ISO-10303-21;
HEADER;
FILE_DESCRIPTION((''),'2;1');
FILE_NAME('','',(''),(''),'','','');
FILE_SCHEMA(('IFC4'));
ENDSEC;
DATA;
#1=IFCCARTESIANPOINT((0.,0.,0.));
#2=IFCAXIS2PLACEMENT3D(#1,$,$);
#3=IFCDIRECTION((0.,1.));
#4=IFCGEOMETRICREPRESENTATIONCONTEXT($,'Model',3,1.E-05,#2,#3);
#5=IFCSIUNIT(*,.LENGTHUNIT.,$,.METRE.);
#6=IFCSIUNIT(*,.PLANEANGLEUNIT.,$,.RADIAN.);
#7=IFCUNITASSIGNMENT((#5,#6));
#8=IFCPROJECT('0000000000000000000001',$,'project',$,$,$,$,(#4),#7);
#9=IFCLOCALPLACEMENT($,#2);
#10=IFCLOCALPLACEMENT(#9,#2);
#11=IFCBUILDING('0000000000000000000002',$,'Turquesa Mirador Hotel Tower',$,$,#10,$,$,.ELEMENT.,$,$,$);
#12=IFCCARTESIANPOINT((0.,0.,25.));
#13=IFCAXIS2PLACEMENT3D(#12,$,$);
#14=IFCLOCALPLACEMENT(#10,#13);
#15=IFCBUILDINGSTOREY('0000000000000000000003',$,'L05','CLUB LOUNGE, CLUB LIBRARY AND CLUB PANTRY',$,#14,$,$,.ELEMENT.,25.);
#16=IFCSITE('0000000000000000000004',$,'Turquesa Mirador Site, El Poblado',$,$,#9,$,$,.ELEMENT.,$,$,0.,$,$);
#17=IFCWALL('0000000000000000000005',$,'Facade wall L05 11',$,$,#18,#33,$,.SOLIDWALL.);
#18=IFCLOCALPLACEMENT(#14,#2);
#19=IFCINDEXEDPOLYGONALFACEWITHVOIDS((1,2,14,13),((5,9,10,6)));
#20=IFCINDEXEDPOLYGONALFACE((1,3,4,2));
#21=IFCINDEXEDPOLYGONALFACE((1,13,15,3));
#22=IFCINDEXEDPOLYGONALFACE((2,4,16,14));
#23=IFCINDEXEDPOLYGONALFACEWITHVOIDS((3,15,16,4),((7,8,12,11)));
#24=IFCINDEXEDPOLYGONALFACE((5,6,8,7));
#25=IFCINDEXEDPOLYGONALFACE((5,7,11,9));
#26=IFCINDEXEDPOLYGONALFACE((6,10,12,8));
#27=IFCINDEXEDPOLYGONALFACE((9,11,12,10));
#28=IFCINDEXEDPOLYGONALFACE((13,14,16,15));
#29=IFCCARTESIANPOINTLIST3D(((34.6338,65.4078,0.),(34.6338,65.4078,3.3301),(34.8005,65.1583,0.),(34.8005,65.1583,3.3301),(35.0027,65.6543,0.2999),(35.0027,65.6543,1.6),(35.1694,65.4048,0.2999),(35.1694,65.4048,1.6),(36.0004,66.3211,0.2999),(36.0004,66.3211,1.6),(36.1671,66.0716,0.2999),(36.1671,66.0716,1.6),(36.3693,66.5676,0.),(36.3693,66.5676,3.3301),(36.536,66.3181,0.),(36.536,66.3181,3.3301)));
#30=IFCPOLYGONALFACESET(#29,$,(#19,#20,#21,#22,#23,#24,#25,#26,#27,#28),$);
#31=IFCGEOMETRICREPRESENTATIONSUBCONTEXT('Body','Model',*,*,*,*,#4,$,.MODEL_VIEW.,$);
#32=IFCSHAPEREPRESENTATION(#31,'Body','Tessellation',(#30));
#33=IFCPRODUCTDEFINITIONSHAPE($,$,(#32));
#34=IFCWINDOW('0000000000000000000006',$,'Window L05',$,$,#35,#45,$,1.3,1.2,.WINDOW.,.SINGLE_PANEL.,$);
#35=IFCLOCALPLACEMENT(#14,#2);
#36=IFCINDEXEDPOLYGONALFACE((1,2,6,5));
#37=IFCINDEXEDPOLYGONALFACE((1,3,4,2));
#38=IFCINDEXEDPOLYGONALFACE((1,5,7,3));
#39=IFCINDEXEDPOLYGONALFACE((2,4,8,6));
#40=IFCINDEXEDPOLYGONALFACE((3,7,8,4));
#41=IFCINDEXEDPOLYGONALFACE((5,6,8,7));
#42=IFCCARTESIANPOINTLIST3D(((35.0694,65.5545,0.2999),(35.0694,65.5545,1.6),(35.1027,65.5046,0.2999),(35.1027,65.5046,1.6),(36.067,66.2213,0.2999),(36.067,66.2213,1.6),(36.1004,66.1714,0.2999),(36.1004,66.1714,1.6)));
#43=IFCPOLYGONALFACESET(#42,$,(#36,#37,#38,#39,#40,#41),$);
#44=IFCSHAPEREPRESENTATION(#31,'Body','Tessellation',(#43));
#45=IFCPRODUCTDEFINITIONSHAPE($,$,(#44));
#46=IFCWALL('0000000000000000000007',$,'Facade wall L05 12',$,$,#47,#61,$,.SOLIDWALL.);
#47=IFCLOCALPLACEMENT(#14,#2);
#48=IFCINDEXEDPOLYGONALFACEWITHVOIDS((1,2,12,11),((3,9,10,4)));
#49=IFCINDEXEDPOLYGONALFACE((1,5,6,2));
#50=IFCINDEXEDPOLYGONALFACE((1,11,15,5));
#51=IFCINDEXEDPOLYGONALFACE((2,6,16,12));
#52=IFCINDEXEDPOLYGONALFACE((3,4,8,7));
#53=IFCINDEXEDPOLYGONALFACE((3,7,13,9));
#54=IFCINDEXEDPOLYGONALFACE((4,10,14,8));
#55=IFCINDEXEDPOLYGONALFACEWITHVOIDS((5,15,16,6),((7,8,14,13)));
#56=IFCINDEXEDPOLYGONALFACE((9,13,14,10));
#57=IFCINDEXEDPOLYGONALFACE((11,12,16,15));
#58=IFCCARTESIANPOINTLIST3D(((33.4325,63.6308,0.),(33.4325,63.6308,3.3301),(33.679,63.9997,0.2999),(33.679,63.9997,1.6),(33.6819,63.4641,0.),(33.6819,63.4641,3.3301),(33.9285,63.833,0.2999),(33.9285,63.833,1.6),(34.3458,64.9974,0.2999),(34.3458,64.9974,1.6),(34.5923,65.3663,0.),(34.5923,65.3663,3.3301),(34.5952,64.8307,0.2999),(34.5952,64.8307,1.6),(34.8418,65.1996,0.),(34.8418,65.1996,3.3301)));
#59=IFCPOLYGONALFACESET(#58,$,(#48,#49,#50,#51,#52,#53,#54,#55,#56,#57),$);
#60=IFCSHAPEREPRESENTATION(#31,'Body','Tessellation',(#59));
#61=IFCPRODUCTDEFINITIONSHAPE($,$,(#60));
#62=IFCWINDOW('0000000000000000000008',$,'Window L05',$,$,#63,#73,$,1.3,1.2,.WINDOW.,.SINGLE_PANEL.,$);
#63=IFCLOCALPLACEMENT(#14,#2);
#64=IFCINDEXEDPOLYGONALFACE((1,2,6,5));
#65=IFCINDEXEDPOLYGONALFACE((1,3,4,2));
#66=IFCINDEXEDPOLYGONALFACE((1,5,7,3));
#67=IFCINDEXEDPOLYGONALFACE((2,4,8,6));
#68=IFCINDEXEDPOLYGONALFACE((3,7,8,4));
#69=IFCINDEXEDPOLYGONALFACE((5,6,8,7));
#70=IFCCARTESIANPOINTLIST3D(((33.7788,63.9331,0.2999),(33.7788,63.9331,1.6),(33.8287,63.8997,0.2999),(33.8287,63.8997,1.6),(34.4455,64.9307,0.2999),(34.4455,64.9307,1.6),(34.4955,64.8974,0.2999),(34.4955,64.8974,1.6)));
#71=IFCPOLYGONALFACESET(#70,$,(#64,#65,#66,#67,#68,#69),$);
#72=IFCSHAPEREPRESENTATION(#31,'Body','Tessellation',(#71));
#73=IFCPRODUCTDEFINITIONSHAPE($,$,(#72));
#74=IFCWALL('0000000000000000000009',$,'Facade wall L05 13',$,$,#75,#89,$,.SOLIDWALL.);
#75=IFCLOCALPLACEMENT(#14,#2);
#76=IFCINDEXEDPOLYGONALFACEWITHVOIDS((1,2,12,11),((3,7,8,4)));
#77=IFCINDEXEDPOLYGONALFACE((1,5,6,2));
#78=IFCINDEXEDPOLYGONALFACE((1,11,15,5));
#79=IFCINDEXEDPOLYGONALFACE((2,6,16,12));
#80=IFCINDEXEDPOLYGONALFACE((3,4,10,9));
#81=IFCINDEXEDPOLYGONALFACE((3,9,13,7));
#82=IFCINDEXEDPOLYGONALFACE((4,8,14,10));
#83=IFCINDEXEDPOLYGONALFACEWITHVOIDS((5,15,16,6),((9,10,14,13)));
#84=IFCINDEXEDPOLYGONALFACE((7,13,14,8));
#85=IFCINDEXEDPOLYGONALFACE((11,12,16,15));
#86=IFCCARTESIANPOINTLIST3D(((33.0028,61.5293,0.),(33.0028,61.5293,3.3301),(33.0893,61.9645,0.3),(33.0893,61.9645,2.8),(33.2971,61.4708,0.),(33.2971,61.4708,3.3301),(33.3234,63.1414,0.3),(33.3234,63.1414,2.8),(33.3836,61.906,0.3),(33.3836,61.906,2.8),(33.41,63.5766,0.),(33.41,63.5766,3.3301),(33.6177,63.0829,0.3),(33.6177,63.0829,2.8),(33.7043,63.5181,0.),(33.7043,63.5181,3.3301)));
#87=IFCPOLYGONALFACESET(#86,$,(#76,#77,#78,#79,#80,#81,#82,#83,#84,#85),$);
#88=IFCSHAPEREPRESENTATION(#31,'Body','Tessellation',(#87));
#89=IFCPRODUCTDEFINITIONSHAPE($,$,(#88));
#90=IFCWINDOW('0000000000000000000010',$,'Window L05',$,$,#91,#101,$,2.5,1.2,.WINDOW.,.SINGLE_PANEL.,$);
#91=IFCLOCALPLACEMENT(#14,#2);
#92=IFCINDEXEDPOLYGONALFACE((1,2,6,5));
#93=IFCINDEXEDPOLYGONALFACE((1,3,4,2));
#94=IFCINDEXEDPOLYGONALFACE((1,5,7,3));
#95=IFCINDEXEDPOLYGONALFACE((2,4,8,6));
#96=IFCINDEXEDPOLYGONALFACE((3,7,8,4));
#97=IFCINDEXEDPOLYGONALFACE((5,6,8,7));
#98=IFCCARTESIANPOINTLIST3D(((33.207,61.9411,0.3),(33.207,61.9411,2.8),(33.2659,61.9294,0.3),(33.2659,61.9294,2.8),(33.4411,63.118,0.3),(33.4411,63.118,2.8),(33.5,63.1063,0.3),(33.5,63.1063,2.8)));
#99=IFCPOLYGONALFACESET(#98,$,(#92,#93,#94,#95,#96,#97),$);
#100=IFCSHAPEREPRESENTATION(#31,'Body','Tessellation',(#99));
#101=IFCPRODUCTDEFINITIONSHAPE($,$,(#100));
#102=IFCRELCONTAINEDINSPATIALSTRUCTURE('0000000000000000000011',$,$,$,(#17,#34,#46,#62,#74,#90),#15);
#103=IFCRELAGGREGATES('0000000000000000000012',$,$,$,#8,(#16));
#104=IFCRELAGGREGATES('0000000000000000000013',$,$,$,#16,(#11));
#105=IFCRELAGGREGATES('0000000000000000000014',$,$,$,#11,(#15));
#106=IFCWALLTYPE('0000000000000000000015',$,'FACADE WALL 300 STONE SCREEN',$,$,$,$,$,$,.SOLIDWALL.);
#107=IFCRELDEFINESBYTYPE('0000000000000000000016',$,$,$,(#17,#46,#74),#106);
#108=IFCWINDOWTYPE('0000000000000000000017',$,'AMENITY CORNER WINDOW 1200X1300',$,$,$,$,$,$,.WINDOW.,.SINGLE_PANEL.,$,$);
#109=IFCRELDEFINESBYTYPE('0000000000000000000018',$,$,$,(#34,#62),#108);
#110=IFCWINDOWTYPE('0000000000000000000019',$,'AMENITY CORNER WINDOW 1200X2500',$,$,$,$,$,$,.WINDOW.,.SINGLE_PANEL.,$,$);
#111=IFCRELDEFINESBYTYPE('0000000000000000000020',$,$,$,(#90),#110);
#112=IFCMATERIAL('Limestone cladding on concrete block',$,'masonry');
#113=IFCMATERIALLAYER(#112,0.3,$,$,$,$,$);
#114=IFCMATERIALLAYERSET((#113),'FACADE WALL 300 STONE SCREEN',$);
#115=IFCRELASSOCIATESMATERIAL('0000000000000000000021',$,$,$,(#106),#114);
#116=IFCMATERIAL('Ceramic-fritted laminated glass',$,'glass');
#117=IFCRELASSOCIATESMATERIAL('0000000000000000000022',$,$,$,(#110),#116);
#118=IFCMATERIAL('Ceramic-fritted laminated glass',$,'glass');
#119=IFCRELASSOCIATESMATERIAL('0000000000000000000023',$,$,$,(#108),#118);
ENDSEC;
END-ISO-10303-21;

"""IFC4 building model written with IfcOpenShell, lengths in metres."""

from ifc_helpers import new_model, si_unit, direction, frame, frame_2d, origin, place, context, subcontext, project, spatial, rectangle, extrude, material, layer, layer_set, type_object, element, fill, save


model = new_model("IFC4")

# Units and contexts
model_context = context("Model", 3, precision=1e-05, world=origin(), true_north=direction((0.0, 1.0)))
body_context = subcontext(model_context, "Body", "Model", "MODEL_VIEW")
ifc_project = project(units=[si_unit("LENGTHUNIT", "METRE"), si_unit("PLANEANGLEUNIT", "RADIAN")], contexts=[model_context])

# Site, building, storey
site_placement = place(None, origin())
site = spatial("IfcSite", under=ifc_project, at=site_placement, Name="Turquesa Mirador Site, El Poblado", CompositionType="ELEMENT", RefElevation=0.0)
building_placement = place(site_placement, origin())
building = spatial("IfcBuilding", under=site, at=building_placement, Name="Turquesa Mirador Hotel Tower", CompositionType="ELEMENT")
storey_placement = place(building_placement, frame((0.0, 0.0, 25.0)))
storey = spatial("IfcBuildingStorey", under=building, at=storey_placement, Name="L05", Description="CLUB LOUNGE, CLUB LIBRARY AND CLUB PANTRY", CompositionType="ELEMENT", Elevation=25.0)

# Walls, openings, windows
ifc_material_1 = material(Name="Limestone cladding on concrete block", Category="masonry")
ifc_layer = layer(ifc_material_1, 0.3)
ifc_layer_set = layer_set([ifc_layer], Name="FACADE WALL 300 STONE SCREEN")
wall_type = type_object("IfcWallType", Name="FACADE WALL 300 STONE SCREEN", PredefinedType="SOLIDWALL", material=ifc_layer_set)
ifc_material_2 = material(Name="Ceramic-fritted laminated glass", Category="glass")
window_type_1 = type_object("IfcWindowType", Name="AMENITY CORNER WINDOW 1200X2500", PartitioningType="SINGLE_PANEL", PredefinedType="WINDOW", material=ifc_material_2)
wall_1_placement = place(storey_placement, frame((36.4526, 66.4429, 0.0), z_axis=(0.0, 0.0, 1.0), x_axis=(-0.83142, -0.555644, 0.0)))
wall_1 = element("IfcWall", 1, at=wall_1_placement, inside=storey, type_object=wall_type, Name="Facade wall L05 11", PredefinedType="SOLIDWALL", context=body_context, shape_type="SweptSolid", body=[
    extrude(rectangle(XDim=2.0874, YDim=0.3, at=frame_2d((1.0437, 0.0))), origin(), (0.0, 0.0, 1.0), 3.3301),
])
opening_1_placement = place(wall_1_placement, frame((0.4436, 0.0, 0.3)))
opening_1 = element("IfcOpeningElement", 2, at=opening_1_placement, cuts=wall_1, PredefinedType="OPENING", context=body_context, shape_type="SweptSolid", body=[
    extrude(rectangle(XDim=1.2, YDim=1.3, at=frame_2d((0.6001, 0.6499))), frame((0.0, 0.1599, 0.0), z_axis=(0.0, -1.0, 0.0), x_axis=(1.0, 0.0, 0.0)), (0.0, 0.0, 1.0), 0.3201),
])
ifc_material_3 = material(Name="Ceramic-fritted laminated glass", Category="glass")
window_type_2 = type_object("IfcWindowType", Name="AMENITY CORNER WINDOW 1200X1300", PartitioningType="SINGLE_PANEL", PredefinedType="WINDOW", material=ifc_material_3)
window_1_placement = place(opening_1_placement, origin())
window_1 = element("IfcWindow", 3, at=window_1_placement, inside=storey, type_object=window_type_2, Name="Window L05", OverallHeight=1.3, OverallWidth=1.2, PartitioningType="SINGLE_PANEL", PredefinedType="WINDOW", context=body_context, shape_type="SweptSolid", body=[
    extrude(rectangle(XDim=1.2, YDim=1.3, at=frame_2d((0.6001, 0.6499))), frame((0.0, 0.03, 0.0), z_axis=(0.0, -1.0, 0.0), x_axis=(1.0, 0.0, 0.0)), (0.0, 0.0, 1.0), 0.0601),
])
fill(opening_1, window_1)
wall_2_placement = place(storey_placement, frame((34.717, 65.283, 0.0), z_axis=(0.0, 0.0, 1.0), x_axis=(-0.555644, -0.83142, 0.0)))
wall_2 = element("IfcWall", 4, at=wall_2_placement, inside=storey, type_object=wall_type, Name="Facade wall L05 12", PredefinedType="SOLIDWALL", context=body_context, shape_type="SweptSolid", body=[
    extrude(rectangle(XDim=2.0874, YDim=0.3, at=frame_2d((1.0437, 0.0))), origin(), (0.0, 0.0, 1.0), 3.3301),
])
opening_2_placement = place(wall_2_placement, frame((0.4436, 0.0, 0.3)))
opening_2 = element("IfcOpeningElement", 5, at=opening_2_placement, cuts=wall_2, PredefinedType="OPENING", context=body_context, shape_type="SweptSolid", body=[
    extrude(rectangle(XDim=1.2, YDim=1.3, at=frame_2d((0.6001, 0.6499))), frame((0.0, 0.1599, 0.0), z_axis=(0.0, -1.0, 0.0), x_axis=(1.0, 0.0, 0.0)), (0.0, 0.0, 1.0), 0.3201),
])
window_2_placement = place(opening_2_placement, origin())
window_2 = element("IfcWindow", 6, at=window_2_placement, inside=storey, type_object=window_type_2, Name="Window L05", OverallHeight=1.3, OverallWidth=1.2, PartitioningType="SINGLE_PANEL", PredefinedType="WINDOW", context=body_context, shape_type="SweptSolid", body=[
    extrude(rectangle(XDim=1.2, YDim=1.3, at=frame_2d((0.6001, 0.6499))), frame((0.0, 0.03, 0.0), z_axis=(0.0, -1.0, 0.0), x_axis=(1.0, 0.0, 0.0)), (0.0, 0.0, 1.0), 0.0601),
])
fill(opening_2, window_2)
wall_3_placement = place(storey_placement, frame((33.5571, 63.5474, 0.0), z_axis=(0.0, 0.0, 1.0), x_axis=(-0.195081, -0.980787, 0.0)))
wall_3 = element("IfcWall", 7, at=wall_3_placement, inside=storey, type_object=wall_type, Name="Facade wall L05 13", PredefinedType="SOLIDWALL", context=body_context, shape_type="SweptSolid", body=[
    extrude(rectangle(XDim=2.0874, YDim=0.3, at=frame_2d((1.0437, 0.0))), origin(), (0.0, 0.0, 1.0), 3.3301),
])
opening_3_placement = place(wall_3_placement, frame((0.4436, 0.0, 0.3)))
opening_3 = element("IfcOpeningElement", 8, at=opening_3_placement, cuts=wall_3, PredefinedType="OPENING", context=body_context, shape_type="SweptSolid", body=[
    extrude(rectangle(XDim=1.2, YDim=2.5, at=frame_2d((0.6001, 1.25))), frame((0.0, 0.1599, 0.0), z_axis=(0.0, -1.0, 0.0), x_axis=(1.0, 0.0, 0.0)), (0.0, 0.0, 1.0), 0.3201),
])
window_3_placement = place(opening_3_placement, origin())
window_3 = element("IfcWindow", 9, at=window_3_placement, inside=storey, type_object=window_type_1, Name="Window L05", OverallHeight=2.5, OverallWidth=1.2, PartitioningType="SINGLE_PANEL", PredefinedType="WINDOW", context=body_context, shape_type="SweptSolid", body=[
    extrude(rectangle(XDim=1.2, YDim=2.5, at=frame_2d((0.6001, 1.25))), frame((0.0, 0.03, 0.0), z_axis=(0.0, -1.0, 0.0), x_axis=(1.0, 0.0, 0.0)), (0.0, 0.0, 1.0), 0.0601),
])
fill(opening_3, window_3)

save(model, "model.ifc")
